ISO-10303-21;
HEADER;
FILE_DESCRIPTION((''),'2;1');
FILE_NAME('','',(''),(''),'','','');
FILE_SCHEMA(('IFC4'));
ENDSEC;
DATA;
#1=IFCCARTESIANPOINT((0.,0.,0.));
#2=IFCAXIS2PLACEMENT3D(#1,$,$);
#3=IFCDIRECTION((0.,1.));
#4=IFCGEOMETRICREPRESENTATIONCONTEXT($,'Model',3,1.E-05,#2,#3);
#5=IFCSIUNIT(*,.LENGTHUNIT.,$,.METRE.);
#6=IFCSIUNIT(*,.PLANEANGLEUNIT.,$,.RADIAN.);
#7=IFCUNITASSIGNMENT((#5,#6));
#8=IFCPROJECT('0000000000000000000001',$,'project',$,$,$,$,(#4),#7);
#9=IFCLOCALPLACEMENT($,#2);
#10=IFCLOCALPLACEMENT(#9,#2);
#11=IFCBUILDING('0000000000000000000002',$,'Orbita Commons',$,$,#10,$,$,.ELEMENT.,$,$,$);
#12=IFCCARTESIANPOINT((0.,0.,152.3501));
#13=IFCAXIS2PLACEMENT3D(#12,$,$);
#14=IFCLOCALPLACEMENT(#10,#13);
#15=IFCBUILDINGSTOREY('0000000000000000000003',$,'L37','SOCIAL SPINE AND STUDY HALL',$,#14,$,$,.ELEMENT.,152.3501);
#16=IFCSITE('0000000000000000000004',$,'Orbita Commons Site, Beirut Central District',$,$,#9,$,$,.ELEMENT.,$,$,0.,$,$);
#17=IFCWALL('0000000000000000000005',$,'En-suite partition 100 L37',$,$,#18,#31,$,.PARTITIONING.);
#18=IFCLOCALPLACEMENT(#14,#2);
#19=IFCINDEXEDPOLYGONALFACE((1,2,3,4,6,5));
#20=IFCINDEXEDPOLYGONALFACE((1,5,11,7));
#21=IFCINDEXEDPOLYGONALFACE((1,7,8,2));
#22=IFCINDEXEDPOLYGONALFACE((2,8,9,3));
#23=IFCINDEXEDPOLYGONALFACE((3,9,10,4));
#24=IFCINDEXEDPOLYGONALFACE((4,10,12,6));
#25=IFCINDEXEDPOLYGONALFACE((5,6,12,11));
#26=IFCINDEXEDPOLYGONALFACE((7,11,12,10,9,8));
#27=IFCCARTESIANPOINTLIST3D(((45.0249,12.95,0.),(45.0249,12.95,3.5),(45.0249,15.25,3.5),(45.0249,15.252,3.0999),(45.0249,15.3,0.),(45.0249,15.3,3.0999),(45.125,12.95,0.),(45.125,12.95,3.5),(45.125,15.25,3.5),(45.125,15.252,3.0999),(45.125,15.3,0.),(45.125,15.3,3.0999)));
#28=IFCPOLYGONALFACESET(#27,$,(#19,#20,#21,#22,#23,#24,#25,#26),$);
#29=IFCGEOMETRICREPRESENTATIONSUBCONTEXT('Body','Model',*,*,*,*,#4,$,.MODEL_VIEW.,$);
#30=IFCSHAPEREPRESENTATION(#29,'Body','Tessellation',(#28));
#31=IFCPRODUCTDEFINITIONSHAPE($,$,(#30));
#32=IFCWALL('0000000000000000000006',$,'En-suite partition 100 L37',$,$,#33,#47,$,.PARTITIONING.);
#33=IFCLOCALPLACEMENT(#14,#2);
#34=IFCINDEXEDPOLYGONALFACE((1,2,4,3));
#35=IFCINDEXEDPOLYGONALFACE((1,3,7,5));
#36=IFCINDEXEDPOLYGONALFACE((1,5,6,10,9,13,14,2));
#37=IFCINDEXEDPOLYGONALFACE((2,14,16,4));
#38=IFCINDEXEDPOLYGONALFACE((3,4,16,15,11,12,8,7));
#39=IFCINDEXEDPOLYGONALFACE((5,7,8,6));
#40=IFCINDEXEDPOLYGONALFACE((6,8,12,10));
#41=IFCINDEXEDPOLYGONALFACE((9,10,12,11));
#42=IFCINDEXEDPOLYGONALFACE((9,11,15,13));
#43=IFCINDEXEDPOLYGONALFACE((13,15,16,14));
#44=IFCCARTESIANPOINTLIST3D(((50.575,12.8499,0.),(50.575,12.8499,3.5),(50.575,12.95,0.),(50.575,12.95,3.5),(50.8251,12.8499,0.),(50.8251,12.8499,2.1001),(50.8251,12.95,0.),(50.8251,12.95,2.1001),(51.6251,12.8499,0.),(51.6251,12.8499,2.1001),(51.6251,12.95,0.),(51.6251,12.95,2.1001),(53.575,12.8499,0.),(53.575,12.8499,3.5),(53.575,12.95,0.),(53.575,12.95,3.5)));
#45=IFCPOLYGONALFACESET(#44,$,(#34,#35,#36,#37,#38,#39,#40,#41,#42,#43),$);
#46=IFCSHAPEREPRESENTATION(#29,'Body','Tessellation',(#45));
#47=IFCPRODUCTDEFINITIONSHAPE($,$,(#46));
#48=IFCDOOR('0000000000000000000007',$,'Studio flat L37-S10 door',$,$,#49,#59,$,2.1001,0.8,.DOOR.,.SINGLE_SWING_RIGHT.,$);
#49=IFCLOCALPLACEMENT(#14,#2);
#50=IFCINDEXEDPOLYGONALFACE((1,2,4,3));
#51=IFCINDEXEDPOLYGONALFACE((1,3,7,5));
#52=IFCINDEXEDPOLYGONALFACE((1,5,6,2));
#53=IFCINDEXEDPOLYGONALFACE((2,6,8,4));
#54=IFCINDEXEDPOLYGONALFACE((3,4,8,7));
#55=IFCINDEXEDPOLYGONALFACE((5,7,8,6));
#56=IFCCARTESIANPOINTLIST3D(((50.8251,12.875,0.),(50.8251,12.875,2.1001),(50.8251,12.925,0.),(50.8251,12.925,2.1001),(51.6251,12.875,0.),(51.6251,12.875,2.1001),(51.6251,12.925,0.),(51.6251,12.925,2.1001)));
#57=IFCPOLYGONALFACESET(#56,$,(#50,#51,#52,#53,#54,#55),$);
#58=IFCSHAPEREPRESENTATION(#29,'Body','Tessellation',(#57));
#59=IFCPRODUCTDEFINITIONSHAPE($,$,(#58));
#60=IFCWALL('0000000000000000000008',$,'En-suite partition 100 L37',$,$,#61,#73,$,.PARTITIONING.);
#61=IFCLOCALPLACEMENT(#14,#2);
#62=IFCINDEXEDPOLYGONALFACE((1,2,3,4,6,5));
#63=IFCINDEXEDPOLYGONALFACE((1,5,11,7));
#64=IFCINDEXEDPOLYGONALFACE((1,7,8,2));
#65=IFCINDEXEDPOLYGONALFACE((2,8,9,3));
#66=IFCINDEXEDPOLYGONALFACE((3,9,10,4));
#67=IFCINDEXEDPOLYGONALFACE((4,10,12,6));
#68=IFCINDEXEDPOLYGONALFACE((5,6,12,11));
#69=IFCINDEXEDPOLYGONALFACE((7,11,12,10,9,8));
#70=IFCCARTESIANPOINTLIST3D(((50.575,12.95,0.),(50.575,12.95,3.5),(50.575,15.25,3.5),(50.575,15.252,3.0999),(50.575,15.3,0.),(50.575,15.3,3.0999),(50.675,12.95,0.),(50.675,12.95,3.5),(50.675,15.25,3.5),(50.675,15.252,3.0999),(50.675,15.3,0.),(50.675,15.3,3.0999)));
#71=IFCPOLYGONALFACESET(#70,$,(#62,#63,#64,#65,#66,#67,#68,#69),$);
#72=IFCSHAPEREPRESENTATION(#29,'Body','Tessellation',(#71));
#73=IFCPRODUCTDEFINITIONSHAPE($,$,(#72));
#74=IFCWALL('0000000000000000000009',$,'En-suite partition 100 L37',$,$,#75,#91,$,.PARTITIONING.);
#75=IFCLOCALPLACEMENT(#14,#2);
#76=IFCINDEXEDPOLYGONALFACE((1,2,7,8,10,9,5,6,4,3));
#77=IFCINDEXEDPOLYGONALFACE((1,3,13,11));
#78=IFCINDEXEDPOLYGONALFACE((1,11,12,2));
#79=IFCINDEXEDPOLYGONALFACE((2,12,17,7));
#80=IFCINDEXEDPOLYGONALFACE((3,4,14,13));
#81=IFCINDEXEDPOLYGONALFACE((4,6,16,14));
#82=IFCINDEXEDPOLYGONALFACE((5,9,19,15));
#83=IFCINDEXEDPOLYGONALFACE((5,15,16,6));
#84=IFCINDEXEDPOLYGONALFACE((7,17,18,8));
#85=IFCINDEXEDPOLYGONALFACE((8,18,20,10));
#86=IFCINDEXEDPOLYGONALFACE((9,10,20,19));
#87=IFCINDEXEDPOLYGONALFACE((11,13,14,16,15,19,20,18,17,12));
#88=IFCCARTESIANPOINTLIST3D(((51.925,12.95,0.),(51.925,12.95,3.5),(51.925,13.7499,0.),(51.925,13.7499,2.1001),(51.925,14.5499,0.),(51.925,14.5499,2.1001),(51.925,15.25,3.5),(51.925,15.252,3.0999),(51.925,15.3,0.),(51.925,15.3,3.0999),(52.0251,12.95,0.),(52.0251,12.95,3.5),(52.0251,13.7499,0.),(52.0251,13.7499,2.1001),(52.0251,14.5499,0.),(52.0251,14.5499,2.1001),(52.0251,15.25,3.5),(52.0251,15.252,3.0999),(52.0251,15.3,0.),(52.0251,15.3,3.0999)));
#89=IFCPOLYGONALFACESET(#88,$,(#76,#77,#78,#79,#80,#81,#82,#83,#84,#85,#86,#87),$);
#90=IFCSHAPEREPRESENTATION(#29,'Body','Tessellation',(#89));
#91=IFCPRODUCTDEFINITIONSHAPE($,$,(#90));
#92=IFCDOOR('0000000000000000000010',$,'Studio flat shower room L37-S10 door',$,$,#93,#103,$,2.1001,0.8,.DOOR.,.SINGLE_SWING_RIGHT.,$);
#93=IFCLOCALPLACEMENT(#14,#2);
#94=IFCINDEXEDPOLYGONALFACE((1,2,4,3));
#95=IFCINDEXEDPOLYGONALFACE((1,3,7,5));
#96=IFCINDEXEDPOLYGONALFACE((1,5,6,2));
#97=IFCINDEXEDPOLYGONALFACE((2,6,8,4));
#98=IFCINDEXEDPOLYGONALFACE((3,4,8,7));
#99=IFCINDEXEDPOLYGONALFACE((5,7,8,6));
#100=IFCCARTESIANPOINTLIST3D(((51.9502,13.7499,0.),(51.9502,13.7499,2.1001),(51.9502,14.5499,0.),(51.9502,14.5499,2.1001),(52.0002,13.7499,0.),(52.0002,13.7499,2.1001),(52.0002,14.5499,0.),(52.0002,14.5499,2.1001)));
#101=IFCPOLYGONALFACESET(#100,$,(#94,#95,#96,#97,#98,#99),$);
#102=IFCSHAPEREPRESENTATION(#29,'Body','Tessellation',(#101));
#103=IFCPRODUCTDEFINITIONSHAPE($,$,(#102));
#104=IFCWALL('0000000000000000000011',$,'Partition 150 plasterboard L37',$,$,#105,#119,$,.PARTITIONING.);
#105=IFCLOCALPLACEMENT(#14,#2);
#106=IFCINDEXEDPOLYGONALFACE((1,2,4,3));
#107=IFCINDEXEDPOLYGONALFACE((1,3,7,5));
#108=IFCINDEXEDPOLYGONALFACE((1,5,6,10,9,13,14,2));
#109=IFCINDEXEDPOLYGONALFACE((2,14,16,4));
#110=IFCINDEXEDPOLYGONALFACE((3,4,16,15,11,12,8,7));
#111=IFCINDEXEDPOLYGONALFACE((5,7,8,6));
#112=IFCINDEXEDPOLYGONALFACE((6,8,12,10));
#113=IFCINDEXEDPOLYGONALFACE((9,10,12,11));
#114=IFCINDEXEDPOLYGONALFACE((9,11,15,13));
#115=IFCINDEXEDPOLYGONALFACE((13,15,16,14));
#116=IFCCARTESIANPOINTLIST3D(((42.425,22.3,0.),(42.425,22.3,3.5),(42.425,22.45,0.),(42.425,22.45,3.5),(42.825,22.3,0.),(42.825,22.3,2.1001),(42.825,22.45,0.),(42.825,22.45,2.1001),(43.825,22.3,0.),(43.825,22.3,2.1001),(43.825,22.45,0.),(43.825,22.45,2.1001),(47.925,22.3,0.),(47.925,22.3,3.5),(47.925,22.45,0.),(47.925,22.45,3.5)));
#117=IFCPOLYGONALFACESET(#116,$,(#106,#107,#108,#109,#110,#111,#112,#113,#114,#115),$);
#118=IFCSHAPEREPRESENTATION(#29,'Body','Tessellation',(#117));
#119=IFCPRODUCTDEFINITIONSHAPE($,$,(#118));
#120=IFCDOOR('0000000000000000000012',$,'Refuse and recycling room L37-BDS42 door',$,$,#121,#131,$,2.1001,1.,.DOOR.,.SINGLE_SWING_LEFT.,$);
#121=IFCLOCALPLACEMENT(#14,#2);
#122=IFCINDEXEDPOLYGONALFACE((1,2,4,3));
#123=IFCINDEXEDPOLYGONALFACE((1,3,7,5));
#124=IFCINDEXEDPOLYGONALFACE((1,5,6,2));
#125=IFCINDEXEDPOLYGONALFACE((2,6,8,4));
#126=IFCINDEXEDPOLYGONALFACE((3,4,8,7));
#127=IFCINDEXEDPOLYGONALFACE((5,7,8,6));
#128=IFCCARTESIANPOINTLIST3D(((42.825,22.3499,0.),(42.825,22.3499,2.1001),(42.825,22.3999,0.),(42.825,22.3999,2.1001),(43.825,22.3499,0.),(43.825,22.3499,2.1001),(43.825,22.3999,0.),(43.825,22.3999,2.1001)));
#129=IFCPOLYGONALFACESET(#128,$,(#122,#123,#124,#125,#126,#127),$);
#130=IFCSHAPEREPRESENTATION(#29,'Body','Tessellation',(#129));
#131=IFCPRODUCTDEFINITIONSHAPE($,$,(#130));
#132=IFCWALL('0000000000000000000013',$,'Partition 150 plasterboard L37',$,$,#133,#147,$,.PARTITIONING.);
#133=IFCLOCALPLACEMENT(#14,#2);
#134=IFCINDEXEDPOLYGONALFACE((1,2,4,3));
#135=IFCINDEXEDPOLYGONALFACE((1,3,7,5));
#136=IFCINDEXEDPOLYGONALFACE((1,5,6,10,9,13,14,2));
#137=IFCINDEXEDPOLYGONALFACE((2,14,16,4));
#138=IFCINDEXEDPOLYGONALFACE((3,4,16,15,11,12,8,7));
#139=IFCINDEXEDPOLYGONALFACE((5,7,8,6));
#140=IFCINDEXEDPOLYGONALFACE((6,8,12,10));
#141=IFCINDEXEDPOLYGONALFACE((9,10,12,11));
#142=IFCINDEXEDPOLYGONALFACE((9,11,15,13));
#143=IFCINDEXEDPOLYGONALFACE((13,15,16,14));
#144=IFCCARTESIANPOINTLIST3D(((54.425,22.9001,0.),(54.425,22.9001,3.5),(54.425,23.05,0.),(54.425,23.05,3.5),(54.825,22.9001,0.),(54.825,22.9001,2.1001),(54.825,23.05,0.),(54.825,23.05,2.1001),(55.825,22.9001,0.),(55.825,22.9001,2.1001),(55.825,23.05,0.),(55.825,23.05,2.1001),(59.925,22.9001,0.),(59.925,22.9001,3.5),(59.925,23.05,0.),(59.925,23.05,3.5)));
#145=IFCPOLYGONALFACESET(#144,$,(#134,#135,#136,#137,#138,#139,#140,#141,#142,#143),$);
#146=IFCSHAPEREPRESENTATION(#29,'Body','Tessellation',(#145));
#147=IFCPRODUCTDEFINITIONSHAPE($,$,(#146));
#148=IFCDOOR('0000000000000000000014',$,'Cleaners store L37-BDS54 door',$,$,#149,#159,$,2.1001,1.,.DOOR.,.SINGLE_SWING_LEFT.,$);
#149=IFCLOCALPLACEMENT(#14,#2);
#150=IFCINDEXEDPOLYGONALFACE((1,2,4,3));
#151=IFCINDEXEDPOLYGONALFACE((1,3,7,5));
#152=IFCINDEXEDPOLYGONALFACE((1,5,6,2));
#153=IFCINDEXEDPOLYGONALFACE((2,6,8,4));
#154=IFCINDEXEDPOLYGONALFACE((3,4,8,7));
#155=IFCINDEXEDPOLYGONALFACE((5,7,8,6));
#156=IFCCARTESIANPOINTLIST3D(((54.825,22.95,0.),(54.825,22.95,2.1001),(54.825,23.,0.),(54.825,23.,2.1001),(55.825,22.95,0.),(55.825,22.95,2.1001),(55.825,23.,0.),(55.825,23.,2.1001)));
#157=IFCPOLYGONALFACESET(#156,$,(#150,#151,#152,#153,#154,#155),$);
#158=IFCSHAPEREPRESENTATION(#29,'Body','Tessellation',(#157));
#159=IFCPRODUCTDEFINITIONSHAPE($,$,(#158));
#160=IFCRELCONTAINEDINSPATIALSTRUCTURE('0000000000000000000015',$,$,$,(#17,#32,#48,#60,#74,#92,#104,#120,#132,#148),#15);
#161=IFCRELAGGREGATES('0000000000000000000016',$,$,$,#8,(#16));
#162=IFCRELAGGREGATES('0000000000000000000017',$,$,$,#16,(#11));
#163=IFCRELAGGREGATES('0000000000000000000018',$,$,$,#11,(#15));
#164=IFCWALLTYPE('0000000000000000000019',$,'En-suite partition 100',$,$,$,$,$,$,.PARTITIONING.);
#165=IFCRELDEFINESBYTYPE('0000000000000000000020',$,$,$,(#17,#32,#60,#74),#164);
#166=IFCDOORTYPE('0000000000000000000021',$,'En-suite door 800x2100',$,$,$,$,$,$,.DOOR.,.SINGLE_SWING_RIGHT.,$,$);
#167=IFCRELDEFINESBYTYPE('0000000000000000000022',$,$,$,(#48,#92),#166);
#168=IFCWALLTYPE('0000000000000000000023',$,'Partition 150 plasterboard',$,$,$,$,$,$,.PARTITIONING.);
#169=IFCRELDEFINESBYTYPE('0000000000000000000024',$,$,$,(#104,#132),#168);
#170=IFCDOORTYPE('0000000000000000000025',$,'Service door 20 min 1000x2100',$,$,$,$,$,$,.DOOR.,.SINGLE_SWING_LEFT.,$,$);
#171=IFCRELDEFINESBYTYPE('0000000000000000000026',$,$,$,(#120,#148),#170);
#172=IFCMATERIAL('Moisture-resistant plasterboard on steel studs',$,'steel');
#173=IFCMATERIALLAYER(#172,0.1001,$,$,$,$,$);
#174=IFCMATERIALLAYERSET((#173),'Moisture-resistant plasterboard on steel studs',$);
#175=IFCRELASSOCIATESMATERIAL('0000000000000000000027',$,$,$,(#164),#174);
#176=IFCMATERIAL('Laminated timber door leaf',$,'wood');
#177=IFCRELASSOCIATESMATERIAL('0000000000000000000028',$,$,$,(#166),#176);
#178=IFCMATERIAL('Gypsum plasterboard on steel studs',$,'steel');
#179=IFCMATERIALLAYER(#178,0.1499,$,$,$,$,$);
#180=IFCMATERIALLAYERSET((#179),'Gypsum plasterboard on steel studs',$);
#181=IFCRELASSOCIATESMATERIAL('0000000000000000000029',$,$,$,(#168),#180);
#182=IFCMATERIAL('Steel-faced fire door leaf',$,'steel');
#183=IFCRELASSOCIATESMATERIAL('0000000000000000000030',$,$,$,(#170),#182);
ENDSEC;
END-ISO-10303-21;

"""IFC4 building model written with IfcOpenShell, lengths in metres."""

from ifc_helpers import new_model, si_unit, direction, frame, frame_2d, origin, place, context, subcontext, project, spatial, polyline, rectangle, outline, extrude, material, layer, layer_set, type_object, element, fill, save


model = new_model("IFC4")

# Units and contexts
model_context = context("Model", 3, precision=1e-05, world=origin(), true_north=direction((0.0, 1.0)))
body_context = subcontext(model_context, "Body", "Model", "MODEL_VIEW")
ifc_project = project(units=[si_unit("LENGTHUNIT", "METRE"), si_unit("PLANEANGLEUNIT", "RADIAN")], contexts=[model_context])

# Site, building, storey
site_placement = place(None, origin())
site = spatial("IfcSite", under=ifc_project, at=site_placement, Name="Orbita Commons Site, Beirut Central District", CompositionType="ELEMENT", RefElevation=0.0)
building_placement = place(site_placement, origin())
building = spatial("IfcBuilding", under=site, at=building_placement, Name="Orbita Commons", CompositionType="ELEMENT")
storey_placement = place(building_placement, frame((0.0, 0.0, 152.3501)))
storey = spatial("IfcBuildingStorey", under=building, at=storey_placement, Name="L37", Description="SOCIAL SPINE AND STUDY HALL", CompositionType="ELEMENT", Elevation=152.3501)

# Shared definitions
ifc_material_1 = material(Name="Moisture-resistant plasterboard on steel studs", Category="steel")
ifc_layer_1 = layer(ifc_material_1, 0.1001)
ifc_layer_set_1 = layer_set([ifc_layer_1], Name="Moisture-resistant plasterboard on steel studs")
wall_type_1 = type_object("IfcWallType", Name="En-suite partition 100", PredefinedType="PARTITIONING", material=ifc_layer_set_1)

# Wall
wall_1_placement = place(storey_placement, frame((45.075, 12.95, 0.0), z_axis=(0.0, 0.0, 1.0), x_axis=(0.0, 1.0, 0.0)))
element("IfcWall", 1, at=wall_1_placement, inside=storey, type_object=wall_type_1, Name="En-suite partition 100 L37", PredefinedType="PARTITIONING", context=body_context, shape_type="SweptSolid", body=[
    extrude(outline(polyline([(0.0, 0.0), (2.3501, 0.0), (2.3501, 3.0999), (2.302, 3.0999), (2.3, 3.5), (0.0, 3.5), (0.0, 0.0)])), frame((0.0, 0.05, 0.0), z_axis=(0.0, -1.0, 0.0), x_axis=(1.0, 0.0, 0.0)), (0.0, 0.0, 1.0), 0.1001),
])

# Wall, opening, door
wall_2_placement = place(storey_placement, frame((53.575, 12.8999, 0.0), z_axis=(0.0, 0.0, 1.0), x_axis=(-1.0, 0.0, 0.0)))
wall_2 = element("IfcWall", 2, at=wall_2_placement, inside=storey, type_object=wall_type_1, Name="En-suite partition 100 L37", PredefinedType="PARTITIONING", context=body_context, shape_type="SweptSolid", body=[
    extrude(rectangle(XDim=3.0, YDim=0.1001, at=frame_2d((1.5, 0.0))), origin(), (0.0, 0.0, 1.0), 3.5),
])
opening_1_placement = place(wall_2_placement, frame((1.95, 0.0, 0.0)))
opening_1 = element("IfcOpeningElement", 3, at=opening_1_placement, cuts=wall_2, PredefinedType="OPENING", context=body_context, shape_type="SweptSolid", body=[
    extrude(rectangle(XDim=0.8, YDim=2.1001, at=frame_2d((0.3999, 1.05))), frame((0.0, 0.0601, 0.0), z_axis=(0.0, -1.0, 0.0), x_axis=(1.0, 0.0, 0.0)), (0.0, 0.0, 1.0), 0.1201),
])
ifc_material_2 = material(Name="Laminated timber door leaf", Category="wood")
door_type_1 = type_object("IfcDoorType", Name="En-suite door 800x2100", OperationType="SINGLE_SWING_RIGHT", PredefinedType="DOOR", material=ifc_material_2)
door_1_placement = place(opening_1_placement, origin())
door_1 = element("IfcDoor", 4, at=door_1_placement, inside=storey, type_object=door_type_1, Name="Studio flat L37-S10 door", OperationType="SINGLE_SWING_RIGHT", OverallHeight=2.1001, OverallWidth=0.8, PredefinedType="DOOR", context=body_context, shape_type="SweptSolid", body=[
    extrude(rectangle(XDim=0.8, YDim=2.1001, at=frame_2d((0.3999, 1.05))), frame((0.0, 0.0249, 0.0), z_axis=(0.0, -1.0, 0.0), x_axis=(1.0, 0.0, 0.0)), (0.0, 0.0, 1.0), 0.05),
])
fill(opening_1, door_1)

# Wall
wall_3_placement = place(storey_placement, frame((50.625, 12.95, 0.0), z_axis=(0.0, 0.0, 1.0), x_axis=(0.0, 1.0, 0.0)))
element("IfcWall", 5, at=wall_3_placement, inside=storey, type_object=wall_type_1, Name="En-suite partition 100 L37", PredefinedType="PARTITIONING", context=body_context, shape_type="SweptSolid", body=[
    extrude(outline(polyline([(0.0, 0.0), (2.3501, 0.0), (2.3501, 3.0999), (2.302, 3.0999), (2.3, 3.5), (0.0, 3.5), (0.0, 0.0)])), frame((0.0, 0.05, 0.0), z_axis=(0.0, -1.0, 0.0), x_axis=(1.0, 0.0, 0.0)), (0.0, 0.0, 1.0), 0.1001),
])

# Walls, openings, doors
wall_4_placement = place(storey_placement, frame((51.9751, 12.95, 0.0), z_axis=(0.0, 0.0, 1.0), x_axis=(0.0, 1.0, 0.0)))
wall_4 = element("IfcWall", 6, at=wall_4_placement, inside=storey, type_object=wall_type_1, Name="En-suite partition 100 L37", PredefinedType="PARTITIONING", context=body_context, shape_type="SweptSolid", body=[
    extrude(outline(polyline([(0.0, 0.0), (2.3501, 0.0), (2.3501, 3.0999), (2.302, 3.0999), (2.3, 3.5), (0.0, 3.5), (0.0, 0.0)])), frame((0.0, 0.05, 0.0), z_axis=(0.0, -1.0, 0.0), x_axis=(1.0, 0.0, 0.0)), (0.0, 0.0, 1.0), 0.1001),
])
opening_2_placement = place(wall_4_placement, frame((0.8, 0.0, 0.0)))
opening_2 = element("IfcOpeningElement", 7, at=opening_2_placement, cuts=wall_4, PredefinedType="OPENING", context=body_context, shape_type="SweptSolid", body=[
    extrude(rectangle(XDim=0.8, YDim=2.1001, at=frame_2d((0.3999, 1.05))), frame((0.0, 0.0601, 0.0), z_axis=(0.0, -1.0, 0.0), x_axis=(1.0, 0.0, 0.0)), (0.0, 0.0, 1.0), 0.1201),
])
door_2_placement = place(opening_2_placement, origin())
door_2 = element("IfcDoor", 8, at=door_2_placement, inside=storey, type_object=door_type_1, Name="Studio flat shower room L37-S10 door", OperationType="SINGLE_SWING_RIGHT", OverallHeight=2.1001, OverallWidth=0.8, PredefinedType="DOOR", context=body_context, shape_type="SweptSolid", body=[
    extrude(rectangle(XDim=0.8, YDim=2.1001, at=frame_2d((0.3999, 1.05))), frame((0.0, 0.0249, 0.0), z_axis=(0.0, -1.0, 0.0), x_axis=(1.0, 0.0, 0.0)), (0.0, 0.0, 1.0), 0.05),
])
fill(opening_2, door_2)
ifc_material_3 = material(Name="Gypsum plasterboard on steel studs", Category="steel")
ifc_layer_2 = layer(ifc_material_3, 0.1499)
ifc_layer_set_2 = layer_set([ifc_layer_2], Name="Gypsum plasterboard on steel studs")
wall_type_2 = type_object("IfcWallType", Name="Partition 150 plasterboard", PredefinedType="PARTITIONING", material=ifc_layer_set_2)
wall_5_placement = place(storey_placement, frame((42.425, 22.375, 0.0), z_axis=(0.0, 0.0, 1.0), x_axis=(1.0, 0.0, 0.0)))
wall_5 = element("IfcWall", 9, at=wall_5_placement, inside=storey, type_object=wall_type_2, Name="Partition 150 plasterboard L37", PredefinedType="PARTITIONING", context=body_context, shape_type="SweptSolid", body=[
    extrude(rectangle(XDim=5.5, YDim=0.1499, at=frame_2d((2.75, 0.0))), origin(), (0.0, 0.0, 1.0), 3.5),
])
opening_3_placement = place(wall_5_placement, frame((0.3999, 0.0, 0.0)))
opening_3 = element("IfcOpeningElement", 10, at=opening_3_placement, cuts=wall_5, PredefinedType="OPENING", context=body_context, shape_type="SweptSolid", body=[
    extrude(rectangle(XDim=1.0, YDim=2.1001, at=frame_2d((0.5, 1.05))), frame((0.0, 0.085, 0.0), z_axis=(0.0, -1.0, 0.0), x_axis=(1.0, 0.0, 0.0)), (0.0, 0.0, 1.0), 0.1699),
])
ifc_material_4 = material(Name="Steel-faced fire door leaf", Category="steel")
door_type_2 = type_object("IfcDoorType", Name="Service door 20 min 1000x2100", OperationType="SINGLE_SWING_LEFT", PredefinedType="DOOR", material=ifc_material_4)
door_3_placement = place(opening_3_placement, origin())
door_3 = element("IfcDoor", 11, at=door_3_placement, inside=storey, type_object=door_type_2, Name="Refuse and recycling room L37-BDS42 door", OperationType="SINGLE_SWING_LEFT", OverallHeight=2.1001, OverallWidth=1.0, PredefinedType="DOOR", context=body_context, shape_type="SweptSolid", body=[
    extrude(rectangle(XDim=1.0, YDim=2.1001, at=frame_2d((0.5, 1.05))), frame((0.0, 0.0249, 0.0), z_axis=(0.0, -1.0, 0.0), x_axis=(1.0, 0.0, 0.0)), (0.0, 0.0, 1.0), 0.05),
])
fill(opening_3, door_3)
wall_6_placement = place(storey_placement, frame((54.425, 22.9751, 0.0), z_axis=(0.0, 0.0, 1.0), x_axis=(1.0, 0.0, 0.0)))
wall_6 = element("IfcWall", 12, at=wall_6_placement, inside=storey, type_object=wall_type_2, Name="Partition 150 plasterboard L37", PredefinedType="PARTITIONING", context=body_context, shape_type="SweptSolid", body=[
    extrude(rectangle(XDim=5.5, YDim=0.1499, at=frame_2d((2.75, 0.0))), origin(), (0.0, 0.0, 1.0), 3.5),
])
opening_4_placement = place(wall_6_placement, frame((0.3999, 0.0, 0.0)))
opening_4 = element("IfcOpeningElement", 13, at=opening_4_placement, cuts=wall_6, PredefinedType="OPENING", context=body_context, shape_type="SweptSolid", body=[
    extrude(rectangle(XDim=1.0, YDim=2.1001, at=frame_2d((0.5, 1.05))), frame((0.0, 0.085, 0.0), z_axis=(0.0, -1.0, 0.0), x_axis=(1.0, 0.0, 0.0)), (0.0, 0.0, 1.0), 0.1699),
])
door_4_placement = place(opening_4_placement, origin())
door_4 = element("IfcDoor", 14, at=door_4_placement, inside=storey, type_object=door_type_2, Name="Cleaners store L37-BDS54 door", OperationType="SINGLE_SWING_LEFT", OverallHeight=2.1001, OverallWidth=1.0, PredefinedType="DOOR", context=body_context, shape_type="SweptSolid", body=[
    extrude(rectangle(XDim=1.0, YDim=2.1001, at=frame_2d((0.5, 1.05))), frame((0.0, 0.0249, 0.0), z_axis=(0.0, -1.0, 0.0), x_axis=(1.0, 0.0, 0.0)), (0.0, 0.0, 1.0), 0.05),
])
fill(opening_4, door_4)

save(model, "model.ifc")
